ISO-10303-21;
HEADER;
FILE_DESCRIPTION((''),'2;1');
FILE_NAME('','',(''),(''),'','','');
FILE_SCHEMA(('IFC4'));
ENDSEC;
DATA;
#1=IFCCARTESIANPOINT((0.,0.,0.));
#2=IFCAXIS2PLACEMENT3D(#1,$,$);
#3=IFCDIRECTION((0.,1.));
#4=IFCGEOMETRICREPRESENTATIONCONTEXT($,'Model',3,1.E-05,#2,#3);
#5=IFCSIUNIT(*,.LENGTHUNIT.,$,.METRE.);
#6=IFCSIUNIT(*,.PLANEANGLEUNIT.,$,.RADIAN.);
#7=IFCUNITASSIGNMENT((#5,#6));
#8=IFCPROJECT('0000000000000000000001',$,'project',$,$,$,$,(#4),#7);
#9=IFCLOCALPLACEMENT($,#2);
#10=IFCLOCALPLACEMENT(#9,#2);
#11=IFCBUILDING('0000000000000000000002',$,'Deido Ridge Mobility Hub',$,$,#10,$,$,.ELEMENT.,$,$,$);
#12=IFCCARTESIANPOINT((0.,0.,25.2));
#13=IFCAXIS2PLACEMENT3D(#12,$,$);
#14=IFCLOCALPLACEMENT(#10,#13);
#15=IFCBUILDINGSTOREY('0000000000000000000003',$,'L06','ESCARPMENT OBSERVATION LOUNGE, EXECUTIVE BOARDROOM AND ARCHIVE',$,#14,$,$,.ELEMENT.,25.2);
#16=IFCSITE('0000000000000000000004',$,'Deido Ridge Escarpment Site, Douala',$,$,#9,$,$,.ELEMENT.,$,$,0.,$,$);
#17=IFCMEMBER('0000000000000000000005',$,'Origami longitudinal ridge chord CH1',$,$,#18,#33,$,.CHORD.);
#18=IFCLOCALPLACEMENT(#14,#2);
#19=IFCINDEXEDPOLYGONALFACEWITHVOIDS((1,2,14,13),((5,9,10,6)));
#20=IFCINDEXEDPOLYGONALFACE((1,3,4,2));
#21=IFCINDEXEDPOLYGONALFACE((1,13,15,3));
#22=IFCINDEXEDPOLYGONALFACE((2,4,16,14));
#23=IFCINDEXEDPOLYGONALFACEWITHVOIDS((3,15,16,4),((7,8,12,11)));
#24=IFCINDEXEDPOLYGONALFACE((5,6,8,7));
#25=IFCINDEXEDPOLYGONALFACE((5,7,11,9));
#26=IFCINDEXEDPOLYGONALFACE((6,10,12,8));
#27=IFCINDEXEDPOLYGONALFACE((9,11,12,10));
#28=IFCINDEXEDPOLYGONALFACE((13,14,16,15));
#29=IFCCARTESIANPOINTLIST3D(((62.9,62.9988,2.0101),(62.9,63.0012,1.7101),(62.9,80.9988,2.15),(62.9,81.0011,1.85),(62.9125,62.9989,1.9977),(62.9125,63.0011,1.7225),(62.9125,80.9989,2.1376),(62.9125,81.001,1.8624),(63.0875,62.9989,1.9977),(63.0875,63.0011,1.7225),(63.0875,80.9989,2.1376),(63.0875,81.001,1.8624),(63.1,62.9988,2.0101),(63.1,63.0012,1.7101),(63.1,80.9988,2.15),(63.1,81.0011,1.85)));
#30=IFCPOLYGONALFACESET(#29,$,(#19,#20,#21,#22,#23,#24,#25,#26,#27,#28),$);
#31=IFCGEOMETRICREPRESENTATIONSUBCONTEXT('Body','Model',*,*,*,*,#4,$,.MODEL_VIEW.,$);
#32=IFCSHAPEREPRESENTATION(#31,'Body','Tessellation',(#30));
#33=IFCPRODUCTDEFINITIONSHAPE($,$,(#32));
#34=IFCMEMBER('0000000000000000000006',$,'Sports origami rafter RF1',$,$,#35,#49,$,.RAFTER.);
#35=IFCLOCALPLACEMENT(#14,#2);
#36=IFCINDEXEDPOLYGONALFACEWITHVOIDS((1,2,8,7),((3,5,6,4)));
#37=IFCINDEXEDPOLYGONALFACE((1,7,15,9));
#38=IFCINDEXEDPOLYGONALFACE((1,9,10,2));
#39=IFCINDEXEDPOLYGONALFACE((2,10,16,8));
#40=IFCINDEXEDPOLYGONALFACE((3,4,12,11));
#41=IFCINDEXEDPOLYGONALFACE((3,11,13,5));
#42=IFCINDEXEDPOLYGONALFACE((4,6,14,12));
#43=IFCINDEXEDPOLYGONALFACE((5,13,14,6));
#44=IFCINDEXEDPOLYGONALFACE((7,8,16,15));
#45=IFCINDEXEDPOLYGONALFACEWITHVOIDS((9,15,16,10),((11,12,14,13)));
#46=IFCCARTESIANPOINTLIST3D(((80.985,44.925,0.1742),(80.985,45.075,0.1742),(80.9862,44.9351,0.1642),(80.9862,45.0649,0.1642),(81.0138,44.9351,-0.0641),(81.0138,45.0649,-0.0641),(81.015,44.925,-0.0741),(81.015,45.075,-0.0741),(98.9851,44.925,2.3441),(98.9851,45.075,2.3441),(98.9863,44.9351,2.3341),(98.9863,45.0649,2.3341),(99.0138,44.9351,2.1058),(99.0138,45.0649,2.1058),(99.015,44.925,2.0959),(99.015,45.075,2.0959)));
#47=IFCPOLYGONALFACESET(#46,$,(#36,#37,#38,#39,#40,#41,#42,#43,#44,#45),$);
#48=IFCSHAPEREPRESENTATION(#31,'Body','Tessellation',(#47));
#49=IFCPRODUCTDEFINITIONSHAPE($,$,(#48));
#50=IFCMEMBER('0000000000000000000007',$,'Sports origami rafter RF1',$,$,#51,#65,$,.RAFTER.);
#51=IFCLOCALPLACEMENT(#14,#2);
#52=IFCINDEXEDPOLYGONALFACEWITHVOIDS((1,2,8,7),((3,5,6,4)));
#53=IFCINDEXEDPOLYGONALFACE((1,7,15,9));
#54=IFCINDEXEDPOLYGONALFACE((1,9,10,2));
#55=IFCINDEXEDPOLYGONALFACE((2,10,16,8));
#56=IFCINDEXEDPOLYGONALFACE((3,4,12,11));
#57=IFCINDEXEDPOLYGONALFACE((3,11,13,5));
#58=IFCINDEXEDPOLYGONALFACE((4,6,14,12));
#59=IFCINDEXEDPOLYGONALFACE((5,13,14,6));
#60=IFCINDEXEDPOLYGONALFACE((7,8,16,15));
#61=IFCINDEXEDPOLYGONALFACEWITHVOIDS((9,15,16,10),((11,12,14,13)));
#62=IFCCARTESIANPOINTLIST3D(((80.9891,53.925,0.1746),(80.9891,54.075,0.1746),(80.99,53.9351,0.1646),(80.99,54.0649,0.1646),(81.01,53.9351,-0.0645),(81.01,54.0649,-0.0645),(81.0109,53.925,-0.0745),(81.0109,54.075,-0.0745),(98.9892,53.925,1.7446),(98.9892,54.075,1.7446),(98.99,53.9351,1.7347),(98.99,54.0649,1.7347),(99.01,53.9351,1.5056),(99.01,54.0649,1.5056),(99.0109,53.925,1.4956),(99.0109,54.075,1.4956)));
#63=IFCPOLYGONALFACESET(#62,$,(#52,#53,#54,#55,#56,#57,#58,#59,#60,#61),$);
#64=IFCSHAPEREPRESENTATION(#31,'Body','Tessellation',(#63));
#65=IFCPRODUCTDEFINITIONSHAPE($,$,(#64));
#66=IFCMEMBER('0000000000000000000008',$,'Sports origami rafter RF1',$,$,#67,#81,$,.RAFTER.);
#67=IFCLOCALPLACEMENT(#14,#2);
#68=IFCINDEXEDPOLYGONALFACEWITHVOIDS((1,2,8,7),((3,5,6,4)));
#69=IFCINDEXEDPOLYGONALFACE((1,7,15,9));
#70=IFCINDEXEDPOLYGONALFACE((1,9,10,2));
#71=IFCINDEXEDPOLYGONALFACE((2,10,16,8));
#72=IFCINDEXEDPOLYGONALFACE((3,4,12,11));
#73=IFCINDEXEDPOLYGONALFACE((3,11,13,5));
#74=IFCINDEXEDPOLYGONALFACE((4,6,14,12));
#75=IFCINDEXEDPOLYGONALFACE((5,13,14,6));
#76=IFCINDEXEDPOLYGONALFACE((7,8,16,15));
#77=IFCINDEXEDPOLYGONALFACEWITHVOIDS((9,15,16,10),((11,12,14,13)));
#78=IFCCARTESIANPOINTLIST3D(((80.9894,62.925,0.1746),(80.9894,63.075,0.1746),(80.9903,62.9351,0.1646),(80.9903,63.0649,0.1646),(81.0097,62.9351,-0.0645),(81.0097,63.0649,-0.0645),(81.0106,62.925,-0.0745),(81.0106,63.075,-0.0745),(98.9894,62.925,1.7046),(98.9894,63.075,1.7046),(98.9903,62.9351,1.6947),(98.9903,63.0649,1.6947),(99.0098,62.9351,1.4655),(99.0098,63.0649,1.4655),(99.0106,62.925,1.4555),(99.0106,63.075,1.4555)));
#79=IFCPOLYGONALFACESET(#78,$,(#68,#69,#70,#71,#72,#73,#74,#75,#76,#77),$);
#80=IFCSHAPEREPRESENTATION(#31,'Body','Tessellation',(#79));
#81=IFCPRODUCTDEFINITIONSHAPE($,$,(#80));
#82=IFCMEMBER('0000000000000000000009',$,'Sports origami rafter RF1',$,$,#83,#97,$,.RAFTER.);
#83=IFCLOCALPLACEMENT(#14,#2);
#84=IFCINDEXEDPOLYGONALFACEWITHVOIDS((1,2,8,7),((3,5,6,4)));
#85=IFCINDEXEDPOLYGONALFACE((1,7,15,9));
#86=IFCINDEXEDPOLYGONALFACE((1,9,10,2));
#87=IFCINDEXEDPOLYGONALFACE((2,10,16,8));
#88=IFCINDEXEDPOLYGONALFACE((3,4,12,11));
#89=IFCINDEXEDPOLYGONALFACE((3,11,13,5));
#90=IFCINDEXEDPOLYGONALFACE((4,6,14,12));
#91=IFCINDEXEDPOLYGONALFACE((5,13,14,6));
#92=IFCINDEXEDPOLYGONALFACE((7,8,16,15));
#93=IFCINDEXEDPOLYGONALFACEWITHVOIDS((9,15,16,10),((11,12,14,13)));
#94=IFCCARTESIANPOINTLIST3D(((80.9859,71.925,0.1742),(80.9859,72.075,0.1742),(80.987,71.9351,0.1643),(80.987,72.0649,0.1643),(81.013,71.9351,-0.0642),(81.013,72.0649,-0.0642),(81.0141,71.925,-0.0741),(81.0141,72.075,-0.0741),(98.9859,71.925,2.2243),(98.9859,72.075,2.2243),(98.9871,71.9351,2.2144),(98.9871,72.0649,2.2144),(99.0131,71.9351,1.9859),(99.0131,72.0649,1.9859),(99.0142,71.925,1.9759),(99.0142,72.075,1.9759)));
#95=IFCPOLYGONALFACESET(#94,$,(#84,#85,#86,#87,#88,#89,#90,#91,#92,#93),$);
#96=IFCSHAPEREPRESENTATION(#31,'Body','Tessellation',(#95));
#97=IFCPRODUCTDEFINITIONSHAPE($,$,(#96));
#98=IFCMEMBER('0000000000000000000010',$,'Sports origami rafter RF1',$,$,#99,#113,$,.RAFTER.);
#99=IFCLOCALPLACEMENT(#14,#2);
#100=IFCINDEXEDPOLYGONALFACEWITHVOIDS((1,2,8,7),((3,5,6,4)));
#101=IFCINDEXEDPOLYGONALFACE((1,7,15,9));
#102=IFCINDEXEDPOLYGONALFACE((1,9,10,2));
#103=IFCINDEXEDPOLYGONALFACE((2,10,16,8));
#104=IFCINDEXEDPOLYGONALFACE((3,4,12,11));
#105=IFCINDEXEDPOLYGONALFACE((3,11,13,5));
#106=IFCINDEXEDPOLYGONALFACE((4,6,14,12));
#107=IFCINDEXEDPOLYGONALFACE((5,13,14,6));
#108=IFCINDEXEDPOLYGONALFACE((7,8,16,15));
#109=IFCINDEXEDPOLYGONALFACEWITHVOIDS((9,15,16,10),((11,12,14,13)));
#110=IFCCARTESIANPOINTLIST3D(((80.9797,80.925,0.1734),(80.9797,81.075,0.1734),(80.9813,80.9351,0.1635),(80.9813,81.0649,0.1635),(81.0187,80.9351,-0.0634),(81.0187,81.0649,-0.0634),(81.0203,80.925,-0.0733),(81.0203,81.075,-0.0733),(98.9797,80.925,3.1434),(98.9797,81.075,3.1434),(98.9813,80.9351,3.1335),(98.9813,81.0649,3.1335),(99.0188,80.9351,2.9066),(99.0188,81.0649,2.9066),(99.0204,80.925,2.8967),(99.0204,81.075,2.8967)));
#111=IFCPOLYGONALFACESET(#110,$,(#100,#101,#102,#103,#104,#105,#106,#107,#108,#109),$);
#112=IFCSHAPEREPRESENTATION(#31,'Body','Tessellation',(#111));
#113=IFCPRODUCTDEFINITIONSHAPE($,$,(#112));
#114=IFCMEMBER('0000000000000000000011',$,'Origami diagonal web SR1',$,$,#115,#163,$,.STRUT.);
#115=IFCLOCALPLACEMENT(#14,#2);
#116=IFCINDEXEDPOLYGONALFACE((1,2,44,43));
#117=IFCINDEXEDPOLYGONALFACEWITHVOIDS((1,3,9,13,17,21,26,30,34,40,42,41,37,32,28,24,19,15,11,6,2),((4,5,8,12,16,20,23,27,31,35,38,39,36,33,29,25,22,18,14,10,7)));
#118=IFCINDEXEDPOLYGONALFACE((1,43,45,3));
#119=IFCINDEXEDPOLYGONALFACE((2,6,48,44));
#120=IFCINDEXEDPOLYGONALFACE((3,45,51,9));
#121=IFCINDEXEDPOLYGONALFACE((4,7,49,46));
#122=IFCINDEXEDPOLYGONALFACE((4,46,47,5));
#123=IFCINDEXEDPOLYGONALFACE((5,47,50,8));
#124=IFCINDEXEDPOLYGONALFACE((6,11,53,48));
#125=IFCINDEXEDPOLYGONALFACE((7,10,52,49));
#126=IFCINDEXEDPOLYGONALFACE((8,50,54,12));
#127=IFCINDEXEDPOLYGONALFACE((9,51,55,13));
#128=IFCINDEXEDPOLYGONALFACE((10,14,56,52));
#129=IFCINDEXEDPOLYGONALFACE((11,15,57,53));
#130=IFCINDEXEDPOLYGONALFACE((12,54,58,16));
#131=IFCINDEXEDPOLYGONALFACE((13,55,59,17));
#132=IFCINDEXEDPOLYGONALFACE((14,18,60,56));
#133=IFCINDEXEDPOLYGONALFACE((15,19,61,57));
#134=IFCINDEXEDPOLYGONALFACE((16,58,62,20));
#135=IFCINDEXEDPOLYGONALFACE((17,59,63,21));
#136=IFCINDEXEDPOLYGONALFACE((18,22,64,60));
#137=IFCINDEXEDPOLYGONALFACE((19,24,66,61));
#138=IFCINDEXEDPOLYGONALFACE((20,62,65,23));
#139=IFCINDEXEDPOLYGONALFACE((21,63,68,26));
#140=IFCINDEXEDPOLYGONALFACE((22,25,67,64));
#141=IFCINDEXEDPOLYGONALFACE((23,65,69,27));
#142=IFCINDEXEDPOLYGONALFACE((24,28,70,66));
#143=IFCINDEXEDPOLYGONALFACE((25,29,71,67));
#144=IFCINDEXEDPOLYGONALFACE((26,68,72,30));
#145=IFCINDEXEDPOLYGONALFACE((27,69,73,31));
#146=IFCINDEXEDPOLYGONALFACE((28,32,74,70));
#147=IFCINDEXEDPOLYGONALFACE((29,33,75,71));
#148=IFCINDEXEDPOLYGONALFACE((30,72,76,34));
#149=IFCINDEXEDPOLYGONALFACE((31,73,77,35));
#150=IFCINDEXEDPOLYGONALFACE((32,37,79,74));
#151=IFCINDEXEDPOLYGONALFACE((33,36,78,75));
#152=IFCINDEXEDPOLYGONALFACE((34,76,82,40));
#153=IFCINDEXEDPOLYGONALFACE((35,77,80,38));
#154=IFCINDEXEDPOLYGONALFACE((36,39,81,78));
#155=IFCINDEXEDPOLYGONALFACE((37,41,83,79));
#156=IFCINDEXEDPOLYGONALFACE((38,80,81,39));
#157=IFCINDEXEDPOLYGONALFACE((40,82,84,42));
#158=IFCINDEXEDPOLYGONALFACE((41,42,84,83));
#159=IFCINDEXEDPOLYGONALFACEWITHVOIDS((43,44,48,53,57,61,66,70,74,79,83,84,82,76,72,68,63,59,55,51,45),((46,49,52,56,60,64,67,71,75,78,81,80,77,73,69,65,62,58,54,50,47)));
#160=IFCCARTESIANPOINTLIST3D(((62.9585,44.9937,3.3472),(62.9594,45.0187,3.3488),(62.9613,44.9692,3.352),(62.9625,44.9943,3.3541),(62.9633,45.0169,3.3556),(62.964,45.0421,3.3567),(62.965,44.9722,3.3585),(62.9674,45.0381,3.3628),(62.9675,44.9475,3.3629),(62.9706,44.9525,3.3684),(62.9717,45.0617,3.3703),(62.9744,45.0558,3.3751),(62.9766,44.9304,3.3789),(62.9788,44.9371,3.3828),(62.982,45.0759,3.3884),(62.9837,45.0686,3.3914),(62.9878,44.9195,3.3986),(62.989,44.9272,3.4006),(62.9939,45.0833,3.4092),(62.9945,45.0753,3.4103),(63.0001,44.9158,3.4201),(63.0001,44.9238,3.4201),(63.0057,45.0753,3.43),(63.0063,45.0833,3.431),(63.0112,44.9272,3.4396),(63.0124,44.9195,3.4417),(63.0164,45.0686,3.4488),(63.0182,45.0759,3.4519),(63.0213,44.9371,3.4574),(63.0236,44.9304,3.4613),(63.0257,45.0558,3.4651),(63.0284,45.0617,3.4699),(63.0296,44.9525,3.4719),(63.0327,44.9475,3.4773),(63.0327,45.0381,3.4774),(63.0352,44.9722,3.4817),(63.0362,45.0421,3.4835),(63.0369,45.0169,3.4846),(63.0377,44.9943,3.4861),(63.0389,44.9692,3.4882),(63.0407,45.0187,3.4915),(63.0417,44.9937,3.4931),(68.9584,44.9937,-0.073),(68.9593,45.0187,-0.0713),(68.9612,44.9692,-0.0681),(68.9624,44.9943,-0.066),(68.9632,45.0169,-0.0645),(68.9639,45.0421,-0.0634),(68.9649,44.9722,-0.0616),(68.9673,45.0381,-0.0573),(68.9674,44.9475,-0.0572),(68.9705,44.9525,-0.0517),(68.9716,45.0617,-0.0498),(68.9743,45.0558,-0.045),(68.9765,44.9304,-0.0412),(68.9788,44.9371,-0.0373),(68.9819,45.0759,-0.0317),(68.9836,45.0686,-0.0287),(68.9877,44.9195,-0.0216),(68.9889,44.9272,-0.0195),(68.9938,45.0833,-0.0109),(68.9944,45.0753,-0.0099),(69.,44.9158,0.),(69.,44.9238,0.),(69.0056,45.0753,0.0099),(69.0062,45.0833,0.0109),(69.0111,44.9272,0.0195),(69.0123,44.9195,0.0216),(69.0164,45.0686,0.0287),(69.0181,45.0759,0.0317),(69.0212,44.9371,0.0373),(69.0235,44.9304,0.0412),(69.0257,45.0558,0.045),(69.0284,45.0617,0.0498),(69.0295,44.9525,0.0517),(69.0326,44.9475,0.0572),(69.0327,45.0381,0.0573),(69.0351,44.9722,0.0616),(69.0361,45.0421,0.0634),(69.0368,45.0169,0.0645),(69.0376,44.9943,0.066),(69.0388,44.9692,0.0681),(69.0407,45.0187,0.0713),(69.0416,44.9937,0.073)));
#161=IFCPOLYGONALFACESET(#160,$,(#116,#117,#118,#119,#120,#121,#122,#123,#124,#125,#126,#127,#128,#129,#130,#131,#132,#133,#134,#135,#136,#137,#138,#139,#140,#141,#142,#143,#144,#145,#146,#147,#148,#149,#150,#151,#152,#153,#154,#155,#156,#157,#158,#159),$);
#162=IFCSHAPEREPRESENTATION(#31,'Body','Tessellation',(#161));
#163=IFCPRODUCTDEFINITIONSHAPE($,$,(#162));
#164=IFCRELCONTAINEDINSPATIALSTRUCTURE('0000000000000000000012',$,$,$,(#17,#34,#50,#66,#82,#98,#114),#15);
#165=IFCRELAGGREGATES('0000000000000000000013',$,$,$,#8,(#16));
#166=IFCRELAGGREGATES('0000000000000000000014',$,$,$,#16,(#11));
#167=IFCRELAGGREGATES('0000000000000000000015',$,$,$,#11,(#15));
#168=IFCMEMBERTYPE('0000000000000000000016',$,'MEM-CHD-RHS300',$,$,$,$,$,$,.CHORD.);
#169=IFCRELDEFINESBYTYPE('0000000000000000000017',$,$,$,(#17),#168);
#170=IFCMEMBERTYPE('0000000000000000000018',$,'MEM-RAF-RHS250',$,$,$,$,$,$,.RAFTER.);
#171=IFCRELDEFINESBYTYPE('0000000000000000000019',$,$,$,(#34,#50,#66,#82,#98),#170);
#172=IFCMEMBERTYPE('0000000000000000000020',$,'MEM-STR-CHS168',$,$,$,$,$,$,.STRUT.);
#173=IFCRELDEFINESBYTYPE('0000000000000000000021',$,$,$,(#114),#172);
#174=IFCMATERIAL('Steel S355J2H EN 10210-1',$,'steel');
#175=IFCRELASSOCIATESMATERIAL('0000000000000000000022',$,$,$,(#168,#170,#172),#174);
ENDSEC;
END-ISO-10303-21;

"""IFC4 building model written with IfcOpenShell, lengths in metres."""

from ifc_helpers import new_model, si_unit, direction, frame, origin, origin_2d, place, context, subcontext, project, spatial, hollow_rectangle, hollow_circle, extrude, material, material_profile, profile_set, type_object, element, save


model = new_model("IFC4")

# Units and contexts
model_context = context("Model", 3, precision=1e-05, world=origin(), true_north=direction((0.0, 1.0)))
body_context = subcontext(model_context, "Body", "Model", "MODEL_VIEW")
ifc_project = project(units=[si_unit("LENGTHUNIT", "METRE"), si_unit("PLANEANGLEUNIT", "RADIAN")], contexts=[model_context])

# Site, building, storey
site_placement = place(None, origin())
site = spatial("IfcSite", under=ifc_project, at=site_placement, Name="Deido Ridge Escarpment Site, Douala", CompositionType="ELEMENT", RefElevation=0.0)
building_placement = place(site_placement, origin())
building = spatial("IfcBuilding", under=site, at=building_placement, Name="Deido Ridge Mobility Hub", CompositionType="ELEMENT")
storey_placement = place(building_placement, frame((0.0, 0.0, 25.2)))
storey = spatial("IfcBuildingStorey", under=building, at=storey_placement, Name="L06", Description="ESCARPMENT OBSERVATION LOUNGE, EXECUTIVE BOARDROOM AND ARCHIVE", CompositionType="ELEMENT", Elevation=25.2)

# Members
ifc_material_1 = material(Name="Steel S355J2H EN 10210-1", Category="steel")
ifc_material_profile_1 = material_profile(ifc_material_1, hollow_rectangle(XDim=0.2, YDim=0.3, WallThickness=0.0125, at=origin_2d()), Name="RHS 300x200x12.5")
ifc_profile_set_1 = profile_set([ifc_material_profile_1], Name="Steel S355J2H EN 10210-1")
member_type_1 = type_object("IfcMemberType", Name="MEM-CHD-RHS300", PredefinedType="CHORD", material=ifc_profile_set_1)
member_1_placement = place(storey_placement, frame((63.0, 63.0, 1.8601), z_axis=(0.0, 0.99997, 0.007772), x_axis=(-1.0, 0.0, 0.0)))
element("IfcMember", 1, at=member_1_placement, inside=storey, type_object=member_type_1, Name="Origami longitudinal ridge chord CH1", PredefinedType="CHORD", context=body_context, shape_type="SweptSolid", body=[
    extrude(hollow_rectangle(XDim=0.2, YDim=0.3, WallThickness=0.0125, at=origin_2d()), origin(), (0.0, 0.0, 1.0), 18.0005),
])
ifc_material_profile_2 = material_profile(ifc_material_1, hollow_rectangle(XDim=0.1499, YDim=0.25, WallThickness=0.01, at=origin_2d()), Name="RHS 250x150x10")
ifc_profile_set_2 = profile_set([ifc_material_profile_2], Name="Steel S355J2H EN 10210-1")
member_type_2 = type_object("IfcMemberType", Name="MEM-RAF-RHS250", PredefinedType="RAFTER", material=ifc_profile_set_2)
member_2_placement = place(storey_placement, frame((81.0, 45.0, 0.05), z_axis=(0.992812, 0.0, 0.119685), x_axis=(0.0, 1.0, 0.0)))
element("IfcMember", 2, at=member_2_placement, inside=storey, type_object=member_type_2, Name="Sports origami rafter RF1", PredefinedType="RAFTER", context=body_context, shape_type="SweptSolid", body=[
    extrude(hollow_rectangle(XDim=0.1499, YDim=0.25, WallThickness=0.01, at=origin_2d()), origin(), (0.0, 0.0, 1.0), 18.1304),
])
member_3_placement = place(storey_placement, frame((81.0, 54.0, 0.05), z_axis=(0.996217, 0.0, 0.086896), x_axis=(0.0, 1.0, 0.0)))
element("IfcMember", 3, at=member_3_placement, inside=storey, type_object=member_type_2, Name="Sports origami rafter RF1", PredefinedType="RAFTER", context=body_context, shape_type="SweptSolid", body=[
    extrude(hollow_rectangle(XDim=0.1499, YDim=0.25, WallThickness=0.01, at=origin_2d()), origin(), (0.0, 0.0, 1.0), 18.0684),
])
member_4_placement = place(storey_placement, frame((81.0, 63.0, 0.05), z_axis=(0.996407, 0.0, 0.084696), x_axis=(0.0, 1.0, 0.0)))
element("IfcMember", 4, at=member_4_placement, inside=storey, type_object=member_type_2, Name="Sports origami rafter RF1", PredefinedType="RAFTER", context=body_context, shape_type="SweptSolid", body=[
    extrude(hollow_rectangle(XDim=0.1499, YDim=0.25, WallThickness=0.01, at=origin_2d()), origin(), (0.0, 0.0, 1.0), 18.0649),
])
member_5_placement = place(storey_placement, frame((81.0, 72.0, 0.05), z_axis=(0.993577, 0.0, 0.11316), x_axis=(0.0, 1.0, 0.0)))
element("IfcMember", 5, at=member_5_placement, inside=storey, type_object=member_type_2, Name="Sports origami rafter RF1", PredefinedType="RAFTER", context=body_context, shape_type="SweptSolid", body=[
    extrude(hollow_rectangle(XDim=0.1499, YDim=0.25, WallThickness=0.01, at=origin_2d()), origin(), (0.0, 0.0, 1.0), 18.1165),
])
member_6_placement = place(storey_placement, frame((81.0, 81.0, 0.05), z_axis=(0.98666, 0.0, 0.162797), x_axis=(0.0, 1.0, 0.0)))
element("IfcMember", 6, at=member_6_placement, inside=storey, type_object=member_type_2, Name="Sports origami rafter RF1", PredefinedType="RAFTER", context=body_context, shape_type="SweptSolid", body=[
    extrude(hollow_rectangle(XDim=0.1499, YDim=0.25, WallThickness=0.01, at=origin_2d()), origin(), (0.0, 0.0, 1.0), 18.2434),
])
ifc_material_profile_3 = material_profile(ifc_material_1, hollow_circle(Radius=0.0842, WallThickness=0.0081, at=origin_2d()), Name="CHS 168.3x8")
ifc_profile_set_3 = profile_set([ifc_material_profile_3], Name="Steel S355J2H EN 10210-1")
member_type_3 = type_object("IfcMemberType", Name="MEM-STR-CHS168", PredefinedType="STRUT", material=ifc_profile_set_3)
member_7_placement = place(storey_placement, frame((69.0, 45.0, 0.0), z_axis=(-0.868767, 0.0, 0.495221), x_axis=(0.0, -1.0, 0.0)))
element("IfcMember", 7, at=member_7_placement, inside=storey, type_object=member_type_3, Name="Origami diagonal web SR1", PredefinedType="STRUT", context=body_context, shape_type="SweptSolid", body=[
    extrude(hollow_circle(Radius=0.0842, WallThickness=0.0081, at=origin_2d()), origin(), (0.0, 0.0, 1.0), 6.9062),
])

save(model, "model.ifc")
